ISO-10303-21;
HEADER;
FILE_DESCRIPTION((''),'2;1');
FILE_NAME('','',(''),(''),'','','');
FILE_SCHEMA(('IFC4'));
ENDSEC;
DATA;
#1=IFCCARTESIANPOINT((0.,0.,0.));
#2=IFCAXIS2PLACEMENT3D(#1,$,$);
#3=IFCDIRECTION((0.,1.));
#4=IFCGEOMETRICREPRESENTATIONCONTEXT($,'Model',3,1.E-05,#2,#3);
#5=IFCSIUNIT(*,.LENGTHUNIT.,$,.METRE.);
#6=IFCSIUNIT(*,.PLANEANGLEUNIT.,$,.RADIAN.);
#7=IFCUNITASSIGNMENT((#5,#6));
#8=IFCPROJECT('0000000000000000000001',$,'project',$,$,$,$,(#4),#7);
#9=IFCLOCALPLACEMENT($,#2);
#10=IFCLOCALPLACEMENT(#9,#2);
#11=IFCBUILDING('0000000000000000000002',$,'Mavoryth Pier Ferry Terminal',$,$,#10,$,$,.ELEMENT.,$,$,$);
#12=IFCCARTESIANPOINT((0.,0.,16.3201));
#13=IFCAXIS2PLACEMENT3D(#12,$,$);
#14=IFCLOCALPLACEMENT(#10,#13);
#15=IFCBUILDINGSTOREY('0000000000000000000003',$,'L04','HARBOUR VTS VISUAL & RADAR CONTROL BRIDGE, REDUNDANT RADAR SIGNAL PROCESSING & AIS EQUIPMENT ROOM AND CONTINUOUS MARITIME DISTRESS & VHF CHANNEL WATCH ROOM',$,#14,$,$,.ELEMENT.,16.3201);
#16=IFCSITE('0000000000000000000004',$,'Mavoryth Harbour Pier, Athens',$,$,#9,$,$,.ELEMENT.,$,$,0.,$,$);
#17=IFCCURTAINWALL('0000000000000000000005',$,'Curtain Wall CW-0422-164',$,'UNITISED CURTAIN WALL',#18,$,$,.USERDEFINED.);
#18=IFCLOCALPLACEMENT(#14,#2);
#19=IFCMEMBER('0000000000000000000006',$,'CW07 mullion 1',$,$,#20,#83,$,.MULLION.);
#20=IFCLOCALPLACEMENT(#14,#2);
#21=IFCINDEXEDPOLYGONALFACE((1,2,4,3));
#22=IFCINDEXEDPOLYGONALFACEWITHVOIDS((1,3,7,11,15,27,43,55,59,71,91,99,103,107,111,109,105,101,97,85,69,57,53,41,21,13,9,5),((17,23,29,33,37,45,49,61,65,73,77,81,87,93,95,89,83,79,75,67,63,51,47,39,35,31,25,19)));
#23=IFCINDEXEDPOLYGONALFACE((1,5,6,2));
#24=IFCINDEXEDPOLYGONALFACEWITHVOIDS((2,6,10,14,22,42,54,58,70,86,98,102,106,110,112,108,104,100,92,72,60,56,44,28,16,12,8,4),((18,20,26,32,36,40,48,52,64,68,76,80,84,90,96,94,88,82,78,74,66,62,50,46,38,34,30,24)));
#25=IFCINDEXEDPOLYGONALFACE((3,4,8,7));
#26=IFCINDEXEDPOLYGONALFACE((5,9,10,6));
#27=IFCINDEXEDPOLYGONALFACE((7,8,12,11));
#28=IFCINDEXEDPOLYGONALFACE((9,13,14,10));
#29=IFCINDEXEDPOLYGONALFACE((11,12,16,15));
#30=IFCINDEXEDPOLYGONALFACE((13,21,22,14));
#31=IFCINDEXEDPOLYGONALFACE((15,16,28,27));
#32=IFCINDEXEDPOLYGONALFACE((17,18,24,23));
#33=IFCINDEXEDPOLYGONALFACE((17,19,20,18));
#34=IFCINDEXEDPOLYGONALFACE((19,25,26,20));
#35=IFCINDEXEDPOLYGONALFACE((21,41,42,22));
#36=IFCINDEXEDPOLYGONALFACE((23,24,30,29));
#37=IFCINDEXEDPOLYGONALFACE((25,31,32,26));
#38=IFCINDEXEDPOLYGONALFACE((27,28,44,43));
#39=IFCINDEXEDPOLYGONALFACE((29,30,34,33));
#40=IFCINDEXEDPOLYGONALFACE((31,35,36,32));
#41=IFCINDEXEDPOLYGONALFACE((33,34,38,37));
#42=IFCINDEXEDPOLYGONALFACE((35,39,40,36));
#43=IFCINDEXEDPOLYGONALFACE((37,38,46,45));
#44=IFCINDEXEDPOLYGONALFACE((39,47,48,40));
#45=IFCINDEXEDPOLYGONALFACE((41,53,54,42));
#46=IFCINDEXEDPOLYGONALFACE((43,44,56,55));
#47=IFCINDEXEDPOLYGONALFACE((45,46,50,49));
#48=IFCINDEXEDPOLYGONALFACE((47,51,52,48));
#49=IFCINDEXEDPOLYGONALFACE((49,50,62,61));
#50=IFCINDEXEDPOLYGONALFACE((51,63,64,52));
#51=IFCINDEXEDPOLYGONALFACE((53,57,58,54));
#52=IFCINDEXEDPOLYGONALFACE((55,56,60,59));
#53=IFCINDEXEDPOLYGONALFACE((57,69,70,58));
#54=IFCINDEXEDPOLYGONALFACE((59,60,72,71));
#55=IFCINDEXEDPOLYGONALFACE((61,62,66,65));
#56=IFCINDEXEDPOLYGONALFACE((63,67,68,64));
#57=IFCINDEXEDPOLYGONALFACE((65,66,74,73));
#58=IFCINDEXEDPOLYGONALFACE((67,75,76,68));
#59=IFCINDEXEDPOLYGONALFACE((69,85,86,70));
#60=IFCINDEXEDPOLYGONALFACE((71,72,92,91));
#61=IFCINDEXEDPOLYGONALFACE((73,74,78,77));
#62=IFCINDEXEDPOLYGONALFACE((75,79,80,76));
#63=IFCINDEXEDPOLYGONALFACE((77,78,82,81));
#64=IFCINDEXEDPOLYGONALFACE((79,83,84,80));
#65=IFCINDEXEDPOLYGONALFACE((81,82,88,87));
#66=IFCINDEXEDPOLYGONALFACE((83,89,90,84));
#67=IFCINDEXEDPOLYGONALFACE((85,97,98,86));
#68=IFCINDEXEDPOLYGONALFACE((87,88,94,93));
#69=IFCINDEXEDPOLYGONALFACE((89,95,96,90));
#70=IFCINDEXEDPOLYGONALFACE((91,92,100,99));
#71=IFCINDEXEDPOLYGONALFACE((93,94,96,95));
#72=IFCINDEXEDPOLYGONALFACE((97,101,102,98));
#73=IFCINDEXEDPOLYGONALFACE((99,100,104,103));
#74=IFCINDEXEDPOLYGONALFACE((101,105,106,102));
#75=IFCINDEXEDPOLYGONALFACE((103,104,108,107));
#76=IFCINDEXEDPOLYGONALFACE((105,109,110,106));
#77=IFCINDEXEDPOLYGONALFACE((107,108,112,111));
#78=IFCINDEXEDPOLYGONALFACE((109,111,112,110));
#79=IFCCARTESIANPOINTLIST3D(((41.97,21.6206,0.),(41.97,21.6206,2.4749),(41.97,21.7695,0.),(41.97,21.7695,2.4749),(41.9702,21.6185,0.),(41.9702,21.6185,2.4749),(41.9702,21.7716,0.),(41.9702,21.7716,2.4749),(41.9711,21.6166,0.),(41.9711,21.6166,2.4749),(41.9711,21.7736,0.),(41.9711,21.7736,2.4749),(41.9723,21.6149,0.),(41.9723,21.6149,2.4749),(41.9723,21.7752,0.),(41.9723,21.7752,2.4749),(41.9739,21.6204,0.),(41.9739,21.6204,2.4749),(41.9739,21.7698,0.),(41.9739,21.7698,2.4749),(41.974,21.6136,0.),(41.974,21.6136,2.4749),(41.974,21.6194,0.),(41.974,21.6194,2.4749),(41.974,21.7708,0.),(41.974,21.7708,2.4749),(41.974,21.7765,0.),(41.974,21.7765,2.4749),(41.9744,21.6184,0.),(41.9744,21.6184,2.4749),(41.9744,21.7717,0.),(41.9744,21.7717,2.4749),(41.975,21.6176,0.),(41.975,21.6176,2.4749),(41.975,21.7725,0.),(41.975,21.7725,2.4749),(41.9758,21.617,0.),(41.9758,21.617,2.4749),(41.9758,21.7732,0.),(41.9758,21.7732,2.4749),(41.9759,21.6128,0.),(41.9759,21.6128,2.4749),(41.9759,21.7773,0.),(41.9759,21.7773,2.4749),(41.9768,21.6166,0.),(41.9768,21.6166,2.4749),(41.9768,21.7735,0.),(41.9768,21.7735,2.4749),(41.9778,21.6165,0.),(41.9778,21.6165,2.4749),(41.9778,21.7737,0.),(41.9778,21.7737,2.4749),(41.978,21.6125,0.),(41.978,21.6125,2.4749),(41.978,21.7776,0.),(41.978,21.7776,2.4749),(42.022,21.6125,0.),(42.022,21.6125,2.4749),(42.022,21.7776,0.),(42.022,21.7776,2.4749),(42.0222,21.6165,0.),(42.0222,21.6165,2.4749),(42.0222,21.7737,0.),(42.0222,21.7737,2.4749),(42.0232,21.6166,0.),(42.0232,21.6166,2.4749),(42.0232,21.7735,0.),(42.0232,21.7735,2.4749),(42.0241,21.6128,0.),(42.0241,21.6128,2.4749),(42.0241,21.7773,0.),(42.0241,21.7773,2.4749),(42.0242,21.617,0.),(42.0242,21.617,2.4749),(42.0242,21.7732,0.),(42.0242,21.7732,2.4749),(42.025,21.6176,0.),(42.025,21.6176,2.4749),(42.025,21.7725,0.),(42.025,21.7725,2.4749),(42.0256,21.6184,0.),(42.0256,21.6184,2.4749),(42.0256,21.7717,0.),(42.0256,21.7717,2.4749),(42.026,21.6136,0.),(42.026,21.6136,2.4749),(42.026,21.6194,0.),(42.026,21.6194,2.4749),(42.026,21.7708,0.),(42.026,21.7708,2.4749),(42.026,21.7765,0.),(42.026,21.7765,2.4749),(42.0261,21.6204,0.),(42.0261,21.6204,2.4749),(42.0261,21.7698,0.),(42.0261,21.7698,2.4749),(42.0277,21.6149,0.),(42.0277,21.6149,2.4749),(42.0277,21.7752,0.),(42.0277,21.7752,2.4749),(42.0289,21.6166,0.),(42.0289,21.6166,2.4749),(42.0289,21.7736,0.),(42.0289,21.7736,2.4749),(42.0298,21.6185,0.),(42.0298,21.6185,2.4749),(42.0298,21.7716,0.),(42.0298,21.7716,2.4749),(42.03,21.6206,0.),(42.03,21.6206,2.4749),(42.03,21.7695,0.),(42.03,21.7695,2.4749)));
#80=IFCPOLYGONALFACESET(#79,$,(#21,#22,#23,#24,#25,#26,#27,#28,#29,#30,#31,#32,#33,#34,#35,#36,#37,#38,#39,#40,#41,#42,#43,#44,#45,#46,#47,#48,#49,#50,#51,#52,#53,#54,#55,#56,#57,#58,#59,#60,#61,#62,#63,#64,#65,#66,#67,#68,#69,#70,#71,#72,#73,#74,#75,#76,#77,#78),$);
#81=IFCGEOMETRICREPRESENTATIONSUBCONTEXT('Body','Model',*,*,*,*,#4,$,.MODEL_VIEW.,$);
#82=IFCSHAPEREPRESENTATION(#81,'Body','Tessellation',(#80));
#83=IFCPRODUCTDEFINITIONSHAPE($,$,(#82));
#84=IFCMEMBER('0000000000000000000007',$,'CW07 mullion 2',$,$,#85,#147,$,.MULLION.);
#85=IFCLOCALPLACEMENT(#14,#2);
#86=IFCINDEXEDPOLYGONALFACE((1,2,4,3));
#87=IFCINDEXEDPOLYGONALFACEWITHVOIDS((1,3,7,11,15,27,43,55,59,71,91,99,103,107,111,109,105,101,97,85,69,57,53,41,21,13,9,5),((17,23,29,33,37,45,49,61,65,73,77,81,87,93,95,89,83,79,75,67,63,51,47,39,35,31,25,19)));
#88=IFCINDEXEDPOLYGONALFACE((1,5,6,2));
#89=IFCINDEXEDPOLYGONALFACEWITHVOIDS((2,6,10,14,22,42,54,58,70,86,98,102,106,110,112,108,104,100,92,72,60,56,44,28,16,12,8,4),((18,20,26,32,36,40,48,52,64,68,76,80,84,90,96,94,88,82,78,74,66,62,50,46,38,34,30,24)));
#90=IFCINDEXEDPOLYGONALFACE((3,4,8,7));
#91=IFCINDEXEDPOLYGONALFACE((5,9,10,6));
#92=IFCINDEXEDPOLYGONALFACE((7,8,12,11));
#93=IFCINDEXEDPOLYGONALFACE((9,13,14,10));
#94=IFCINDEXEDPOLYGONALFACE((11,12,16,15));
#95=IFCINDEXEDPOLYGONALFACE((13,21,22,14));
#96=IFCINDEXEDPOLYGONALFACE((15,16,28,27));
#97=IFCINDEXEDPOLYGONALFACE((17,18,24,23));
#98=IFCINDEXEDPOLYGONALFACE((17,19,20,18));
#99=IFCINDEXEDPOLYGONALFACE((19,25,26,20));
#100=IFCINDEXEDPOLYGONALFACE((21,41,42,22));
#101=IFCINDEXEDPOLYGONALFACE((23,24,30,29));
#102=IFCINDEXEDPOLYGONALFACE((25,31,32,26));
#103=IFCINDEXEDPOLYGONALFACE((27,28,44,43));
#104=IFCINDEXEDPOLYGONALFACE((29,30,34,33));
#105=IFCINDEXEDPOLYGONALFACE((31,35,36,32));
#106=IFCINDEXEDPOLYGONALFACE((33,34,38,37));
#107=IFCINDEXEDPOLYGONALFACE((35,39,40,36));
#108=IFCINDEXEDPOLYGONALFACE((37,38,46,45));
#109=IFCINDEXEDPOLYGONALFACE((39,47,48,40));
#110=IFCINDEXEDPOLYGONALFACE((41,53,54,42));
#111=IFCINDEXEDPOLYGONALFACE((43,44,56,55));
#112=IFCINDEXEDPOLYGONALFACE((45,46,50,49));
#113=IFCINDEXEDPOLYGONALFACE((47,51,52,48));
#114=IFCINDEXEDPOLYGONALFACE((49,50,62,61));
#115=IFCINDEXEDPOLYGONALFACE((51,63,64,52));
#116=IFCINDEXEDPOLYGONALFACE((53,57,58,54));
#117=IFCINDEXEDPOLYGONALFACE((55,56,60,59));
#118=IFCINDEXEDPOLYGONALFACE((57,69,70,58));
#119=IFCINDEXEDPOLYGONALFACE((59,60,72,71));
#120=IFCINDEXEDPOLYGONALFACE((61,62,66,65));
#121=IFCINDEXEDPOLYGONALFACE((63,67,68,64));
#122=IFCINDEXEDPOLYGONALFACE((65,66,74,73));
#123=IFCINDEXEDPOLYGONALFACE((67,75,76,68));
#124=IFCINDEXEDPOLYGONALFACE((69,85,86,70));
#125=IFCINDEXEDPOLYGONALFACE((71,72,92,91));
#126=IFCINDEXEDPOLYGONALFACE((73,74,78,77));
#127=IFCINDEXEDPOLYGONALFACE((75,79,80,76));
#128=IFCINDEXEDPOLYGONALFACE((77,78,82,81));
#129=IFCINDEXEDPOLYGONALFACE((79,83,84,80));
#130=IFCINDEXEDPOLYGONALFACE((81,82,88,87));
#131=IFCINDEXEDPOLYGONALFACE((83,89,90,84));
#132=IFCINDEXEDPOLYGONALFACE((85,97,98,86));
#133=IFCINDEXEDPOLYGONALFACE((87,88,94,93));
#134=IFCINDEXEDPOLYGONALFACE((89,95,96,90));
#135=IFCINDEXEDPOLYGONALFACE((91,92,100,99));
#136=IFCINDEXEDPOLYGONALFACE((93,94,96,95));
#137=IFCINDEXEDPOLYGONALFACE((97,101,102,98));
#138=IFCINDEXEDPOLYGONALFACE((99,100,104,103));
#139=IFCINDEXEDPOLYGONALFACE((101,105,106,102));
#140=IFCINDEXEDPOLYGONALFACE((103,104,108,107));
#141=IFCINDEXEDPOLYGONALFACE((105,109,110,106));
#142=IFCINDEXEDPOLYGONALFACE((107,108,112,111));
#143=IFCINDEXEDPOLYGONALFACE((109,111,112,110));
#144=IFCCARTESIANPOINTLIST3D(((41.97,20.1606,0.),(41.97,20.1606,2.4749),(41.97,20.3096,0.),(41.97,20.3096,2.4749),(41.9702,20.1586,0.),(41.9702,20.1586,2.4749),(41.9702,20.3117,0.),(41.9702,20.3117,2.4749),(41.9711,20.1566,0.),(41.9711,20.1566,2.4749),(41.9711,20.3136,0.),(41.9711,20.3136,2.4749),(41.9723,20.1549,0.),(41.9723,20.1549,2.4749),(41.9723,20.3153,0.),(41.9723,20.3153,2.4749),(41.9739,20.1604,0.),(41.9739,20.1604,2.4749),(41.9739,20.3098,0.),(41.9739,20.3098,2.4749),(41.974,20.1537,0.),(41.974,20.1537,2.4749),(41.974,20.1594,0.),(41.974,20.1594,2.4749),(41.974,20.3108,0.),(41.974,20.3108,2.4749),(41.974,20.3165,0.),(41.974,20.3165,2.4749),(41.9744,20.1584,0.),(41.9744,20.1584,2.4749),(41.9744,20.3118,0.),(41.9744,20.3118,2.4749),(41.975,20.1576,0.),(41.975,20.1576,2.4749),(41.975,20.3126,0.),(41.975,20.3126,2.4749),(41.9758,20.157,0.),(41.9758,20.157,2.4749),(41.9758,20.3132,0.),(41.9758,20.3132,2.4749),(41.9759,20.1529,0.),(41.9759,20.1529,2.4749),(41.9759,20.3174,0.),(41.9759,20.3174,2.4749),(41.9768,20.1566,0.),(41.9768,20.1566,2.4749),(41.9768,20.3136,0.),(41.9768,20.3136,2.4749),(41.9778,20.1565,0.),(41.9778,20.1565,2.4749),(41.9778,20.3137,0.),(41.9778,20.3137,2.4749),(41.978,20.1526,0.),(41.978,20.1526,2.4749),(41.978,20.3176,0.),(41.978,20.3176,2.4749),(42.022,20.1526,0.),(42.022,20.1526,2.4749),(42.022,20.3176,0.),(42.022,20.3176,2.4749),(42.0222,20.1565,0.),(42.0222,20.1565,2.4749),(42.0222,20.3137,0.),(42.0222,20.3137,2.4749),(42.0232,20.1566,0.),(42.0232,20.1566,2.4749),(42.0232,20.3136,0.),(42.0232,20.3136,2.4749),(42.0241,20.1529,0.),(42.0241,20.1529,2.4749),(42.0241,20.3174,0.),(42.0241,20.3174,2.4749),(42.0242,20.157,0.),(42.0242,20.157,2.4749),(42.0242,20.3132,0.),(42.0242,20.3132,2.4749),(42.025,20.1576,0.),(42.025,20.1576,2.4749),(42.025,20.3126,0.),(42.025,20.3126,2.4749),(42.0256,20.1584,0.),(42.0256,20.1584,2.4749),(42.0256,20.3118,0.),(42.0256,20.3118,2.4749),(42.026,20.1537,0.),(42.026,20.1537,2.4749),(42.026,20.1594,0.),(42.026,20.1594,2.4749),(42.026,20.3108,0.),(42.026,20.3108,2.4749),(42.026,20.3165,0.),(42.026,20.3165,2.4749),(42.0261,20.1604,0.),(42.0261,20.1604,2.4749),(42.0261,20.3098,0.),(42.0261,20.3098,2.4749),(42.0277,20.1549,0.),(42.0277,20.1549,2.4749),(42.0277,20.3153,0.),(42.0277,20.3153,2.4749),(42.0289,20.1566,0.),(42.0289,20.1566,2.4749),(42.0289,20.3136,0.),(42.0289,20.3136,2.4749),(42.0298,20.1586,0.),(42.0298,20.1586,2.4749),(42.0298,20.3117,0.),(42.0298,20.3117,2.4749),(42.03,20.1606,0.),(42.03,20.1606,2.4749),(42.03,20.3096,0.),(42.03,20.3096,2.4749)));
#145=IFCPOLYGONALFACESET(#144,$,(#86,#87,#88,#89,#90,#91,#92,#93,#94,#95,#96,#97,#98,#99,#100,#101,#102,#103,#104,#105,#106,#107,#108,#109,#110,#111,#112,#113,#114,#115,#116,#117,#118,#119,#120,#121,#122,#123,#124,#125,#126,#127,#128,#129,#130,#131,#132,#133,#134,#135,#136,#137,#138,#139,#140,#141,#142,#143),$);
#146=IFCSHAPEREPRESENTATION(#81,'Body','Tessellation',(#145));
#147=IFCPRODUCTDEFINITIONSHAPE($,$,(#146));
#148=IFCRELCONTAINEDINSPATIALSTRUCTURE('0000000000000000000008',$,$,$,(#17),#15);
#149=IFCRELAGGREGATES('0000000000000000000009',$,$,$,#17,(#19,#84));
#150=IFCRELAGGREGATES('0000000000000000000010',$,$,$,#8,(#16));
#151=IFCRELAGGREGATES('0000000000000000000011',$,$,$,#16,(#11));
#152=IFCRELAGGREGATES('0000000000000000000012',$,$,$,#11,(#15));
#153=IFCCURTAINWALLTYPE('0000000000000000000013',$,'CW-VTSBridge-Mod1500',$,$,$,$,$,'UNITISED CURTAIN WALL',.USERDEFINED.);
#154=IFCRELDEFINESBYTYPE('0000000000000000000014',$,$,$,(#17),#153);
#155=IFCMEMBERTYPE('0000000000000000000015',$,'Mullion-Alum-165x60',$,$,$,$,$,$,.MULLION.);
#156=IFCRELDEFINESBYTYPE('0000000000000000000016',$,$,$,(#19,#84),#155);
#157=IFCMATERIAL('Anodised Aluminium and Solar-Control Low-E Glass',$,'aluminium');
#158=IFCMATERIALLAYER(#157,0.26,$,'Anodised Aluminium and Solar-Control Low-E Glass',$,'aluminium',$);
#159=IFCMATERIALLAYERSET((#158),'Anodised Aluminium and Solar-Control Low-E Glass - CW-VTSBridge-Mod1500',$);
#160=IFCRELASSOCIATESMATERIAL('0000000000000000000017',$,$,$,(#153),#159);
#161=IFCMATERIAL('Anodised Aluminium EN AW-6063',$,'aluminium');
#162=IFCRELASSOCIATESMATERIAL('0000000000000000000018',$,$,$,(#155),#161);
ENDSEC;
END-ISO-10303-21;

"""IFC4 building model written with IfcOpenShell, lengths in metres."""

from ifc_helpers import new_model, si_unit, direction, frame, origin, origin_2d, place, context, subcontext, project, spatial, hollow_rectangle, extrude, material, layer, layer_set, material_profile, profile_set, type_object, element, aggregate, save


model = new_model("IFC4")

# Units and contexts
model_context = context("Model", 3, precision=1e-05, world=origin(), true_north=direction((0.0, 1.0)))
body_context = subcontext(model_context, "Body", "Model", "MODEL_VIEW")
ifc_project = project(units=[si_unit("LENGTHUNIT", "METRE"), si_unit("PLANEANGLEUNIT", "RADIAN")], contexts=[model_context])

# Site, building, storey
site_placement = place(None, origin())
site = spatial("IfcSite", under=ifc_project, at=site_placement, Name="Mavoryth Harbour Pier, Athens", CompositionType="ELEMENT", RefElevation=0.0)
building_placement = place(site_placement, origin())
building = spatial("IfcBuilding", under=site, at=building_placement, Name="Mavoryth Pier Ferry Terminal", CompositionType="ELEMENT")
storey_placement = place(building_placement, frame((0.0, 0.0, 16.3201)))
storey = spatial("IfcBuildingStorey", under=building, at=storey_placement, Name="L04", Description="HARBOUR VTS VISUAL & RADAR CONTROL BRIDGE, REDUNDANT RADAR SIGNAL PROCESSING & AIS EQUIPMENT ROOM AND CONTINUOUS MARITIME DISTRESS & VHF CHANNEL WATCH ROOM", CompositionType="ELEMENT", Elevation=16.3201)

# Curtain wall, members
ifc_material_1 = material(Name="Anodised Aluminium and Solar-Control Low-E Glass", Category="aluminium")
ifc_layer_1 = layer(ifc_material_1, 0.26, Name="Anodised Aluminium and Solar-Control Low-E Glass", Category="aluminium")
ifc_layer_set_1 = layer_set([ifc_layer_1], Name="Anodised Aluminium and Solar-Control Low-E Glass - CW-VTSBridge-Mod1500")
curtain_wall_type = type_object("IfcCurtainWallType", Name="CW-VTSBridge-Mod1500", ElementType="UNITISED CURTAIN WALL", PredefinedType="USERDEFINED", material=ifc_layer_set_1)
curtain_wall_placement = place(storey_placement, origin())
curtain_wall = element("IfcCurtainWall", 1, at=curtain_wall_placement, inside=storey, type_object=curtain_wall_type, Name="Curtain Wall CW-0422-164", ObjectType="UNITISED CURTAIN WALL", PredefinedType="USERDEFINED")
ifc_material_2 = material(Name="Anodised Aluminium EN AW-6063", Category="aluminium")
ifc_material_profile_1 = material_profile(ifc_material_2, hollow_rectangle(XDim=0.0601, YDim=0.165, WallThickness=0.0039, InnerFilletRadius=0.0039, OuterFilletRadius=0.0081, at=origin_2d()), Name="AL-MULL 165x60x4", Category="aluminium")
ifc_profile_set_1 = profile_set([ifc_material_profile_1], Name="Anodised Aluminium EN AW-6063 - AL-MULL 165x60x4")
member_type_1 = type_object("IfcMemberType", Name="Mullion-Alum-165x60", PredefinedType="MULLION", material=ifc_profile_set_1)
member_1_placement = place(storey_placement, frame((42.0, 21.6951, 0.0), z_axis=(0.0, 0.0, 1.0), x_axis=(1.0, 0.0, 0.0)))
member_1 = element("IfcMember", 2, at=member_1_placement, type_object=member_type_1, Name="CW07 mullion 1", PredefinedType="MULLION", context=body_context, shape_type="SweptSolid", body=[
    extrude(hollow_rectangle(XDim=0.0601, YDim=0.165, WallThickness=0.0039, InnerFilletRadius=0.0039, OuterFilletRadius=0.0081, at=origin_2d()), origin(), (0.0, 0.0, 1.0), 2.4749),
])
member_2_placement = place(storey_placement, frame((42.0, 20.2351, 0.0), z_axis=(0.0, 0.0, 1.0), x_axis=(1.0, 0.0, 0.0)))
member_2 = element("IfcMember", 3, at=member_2_placement, type_object=member_type_1, Name="CW07 mullion 2", PredefinedType="MULLION", context=body_context, shape_type="SweptSolid", body=[
    extrude(hollow_rectangle(XDim=0.0601, YDim=0.165, WallThickness=0.0039, InnerFilletRadius=0.0039, OuterFilletRadius=0.0081, at=origin_2d()), origin(), (0.0, 0.0, 1.0), 2.4749),
])
aggregate(curtain_wall, [member_1, member_2])

save(model, "model.ifc")
